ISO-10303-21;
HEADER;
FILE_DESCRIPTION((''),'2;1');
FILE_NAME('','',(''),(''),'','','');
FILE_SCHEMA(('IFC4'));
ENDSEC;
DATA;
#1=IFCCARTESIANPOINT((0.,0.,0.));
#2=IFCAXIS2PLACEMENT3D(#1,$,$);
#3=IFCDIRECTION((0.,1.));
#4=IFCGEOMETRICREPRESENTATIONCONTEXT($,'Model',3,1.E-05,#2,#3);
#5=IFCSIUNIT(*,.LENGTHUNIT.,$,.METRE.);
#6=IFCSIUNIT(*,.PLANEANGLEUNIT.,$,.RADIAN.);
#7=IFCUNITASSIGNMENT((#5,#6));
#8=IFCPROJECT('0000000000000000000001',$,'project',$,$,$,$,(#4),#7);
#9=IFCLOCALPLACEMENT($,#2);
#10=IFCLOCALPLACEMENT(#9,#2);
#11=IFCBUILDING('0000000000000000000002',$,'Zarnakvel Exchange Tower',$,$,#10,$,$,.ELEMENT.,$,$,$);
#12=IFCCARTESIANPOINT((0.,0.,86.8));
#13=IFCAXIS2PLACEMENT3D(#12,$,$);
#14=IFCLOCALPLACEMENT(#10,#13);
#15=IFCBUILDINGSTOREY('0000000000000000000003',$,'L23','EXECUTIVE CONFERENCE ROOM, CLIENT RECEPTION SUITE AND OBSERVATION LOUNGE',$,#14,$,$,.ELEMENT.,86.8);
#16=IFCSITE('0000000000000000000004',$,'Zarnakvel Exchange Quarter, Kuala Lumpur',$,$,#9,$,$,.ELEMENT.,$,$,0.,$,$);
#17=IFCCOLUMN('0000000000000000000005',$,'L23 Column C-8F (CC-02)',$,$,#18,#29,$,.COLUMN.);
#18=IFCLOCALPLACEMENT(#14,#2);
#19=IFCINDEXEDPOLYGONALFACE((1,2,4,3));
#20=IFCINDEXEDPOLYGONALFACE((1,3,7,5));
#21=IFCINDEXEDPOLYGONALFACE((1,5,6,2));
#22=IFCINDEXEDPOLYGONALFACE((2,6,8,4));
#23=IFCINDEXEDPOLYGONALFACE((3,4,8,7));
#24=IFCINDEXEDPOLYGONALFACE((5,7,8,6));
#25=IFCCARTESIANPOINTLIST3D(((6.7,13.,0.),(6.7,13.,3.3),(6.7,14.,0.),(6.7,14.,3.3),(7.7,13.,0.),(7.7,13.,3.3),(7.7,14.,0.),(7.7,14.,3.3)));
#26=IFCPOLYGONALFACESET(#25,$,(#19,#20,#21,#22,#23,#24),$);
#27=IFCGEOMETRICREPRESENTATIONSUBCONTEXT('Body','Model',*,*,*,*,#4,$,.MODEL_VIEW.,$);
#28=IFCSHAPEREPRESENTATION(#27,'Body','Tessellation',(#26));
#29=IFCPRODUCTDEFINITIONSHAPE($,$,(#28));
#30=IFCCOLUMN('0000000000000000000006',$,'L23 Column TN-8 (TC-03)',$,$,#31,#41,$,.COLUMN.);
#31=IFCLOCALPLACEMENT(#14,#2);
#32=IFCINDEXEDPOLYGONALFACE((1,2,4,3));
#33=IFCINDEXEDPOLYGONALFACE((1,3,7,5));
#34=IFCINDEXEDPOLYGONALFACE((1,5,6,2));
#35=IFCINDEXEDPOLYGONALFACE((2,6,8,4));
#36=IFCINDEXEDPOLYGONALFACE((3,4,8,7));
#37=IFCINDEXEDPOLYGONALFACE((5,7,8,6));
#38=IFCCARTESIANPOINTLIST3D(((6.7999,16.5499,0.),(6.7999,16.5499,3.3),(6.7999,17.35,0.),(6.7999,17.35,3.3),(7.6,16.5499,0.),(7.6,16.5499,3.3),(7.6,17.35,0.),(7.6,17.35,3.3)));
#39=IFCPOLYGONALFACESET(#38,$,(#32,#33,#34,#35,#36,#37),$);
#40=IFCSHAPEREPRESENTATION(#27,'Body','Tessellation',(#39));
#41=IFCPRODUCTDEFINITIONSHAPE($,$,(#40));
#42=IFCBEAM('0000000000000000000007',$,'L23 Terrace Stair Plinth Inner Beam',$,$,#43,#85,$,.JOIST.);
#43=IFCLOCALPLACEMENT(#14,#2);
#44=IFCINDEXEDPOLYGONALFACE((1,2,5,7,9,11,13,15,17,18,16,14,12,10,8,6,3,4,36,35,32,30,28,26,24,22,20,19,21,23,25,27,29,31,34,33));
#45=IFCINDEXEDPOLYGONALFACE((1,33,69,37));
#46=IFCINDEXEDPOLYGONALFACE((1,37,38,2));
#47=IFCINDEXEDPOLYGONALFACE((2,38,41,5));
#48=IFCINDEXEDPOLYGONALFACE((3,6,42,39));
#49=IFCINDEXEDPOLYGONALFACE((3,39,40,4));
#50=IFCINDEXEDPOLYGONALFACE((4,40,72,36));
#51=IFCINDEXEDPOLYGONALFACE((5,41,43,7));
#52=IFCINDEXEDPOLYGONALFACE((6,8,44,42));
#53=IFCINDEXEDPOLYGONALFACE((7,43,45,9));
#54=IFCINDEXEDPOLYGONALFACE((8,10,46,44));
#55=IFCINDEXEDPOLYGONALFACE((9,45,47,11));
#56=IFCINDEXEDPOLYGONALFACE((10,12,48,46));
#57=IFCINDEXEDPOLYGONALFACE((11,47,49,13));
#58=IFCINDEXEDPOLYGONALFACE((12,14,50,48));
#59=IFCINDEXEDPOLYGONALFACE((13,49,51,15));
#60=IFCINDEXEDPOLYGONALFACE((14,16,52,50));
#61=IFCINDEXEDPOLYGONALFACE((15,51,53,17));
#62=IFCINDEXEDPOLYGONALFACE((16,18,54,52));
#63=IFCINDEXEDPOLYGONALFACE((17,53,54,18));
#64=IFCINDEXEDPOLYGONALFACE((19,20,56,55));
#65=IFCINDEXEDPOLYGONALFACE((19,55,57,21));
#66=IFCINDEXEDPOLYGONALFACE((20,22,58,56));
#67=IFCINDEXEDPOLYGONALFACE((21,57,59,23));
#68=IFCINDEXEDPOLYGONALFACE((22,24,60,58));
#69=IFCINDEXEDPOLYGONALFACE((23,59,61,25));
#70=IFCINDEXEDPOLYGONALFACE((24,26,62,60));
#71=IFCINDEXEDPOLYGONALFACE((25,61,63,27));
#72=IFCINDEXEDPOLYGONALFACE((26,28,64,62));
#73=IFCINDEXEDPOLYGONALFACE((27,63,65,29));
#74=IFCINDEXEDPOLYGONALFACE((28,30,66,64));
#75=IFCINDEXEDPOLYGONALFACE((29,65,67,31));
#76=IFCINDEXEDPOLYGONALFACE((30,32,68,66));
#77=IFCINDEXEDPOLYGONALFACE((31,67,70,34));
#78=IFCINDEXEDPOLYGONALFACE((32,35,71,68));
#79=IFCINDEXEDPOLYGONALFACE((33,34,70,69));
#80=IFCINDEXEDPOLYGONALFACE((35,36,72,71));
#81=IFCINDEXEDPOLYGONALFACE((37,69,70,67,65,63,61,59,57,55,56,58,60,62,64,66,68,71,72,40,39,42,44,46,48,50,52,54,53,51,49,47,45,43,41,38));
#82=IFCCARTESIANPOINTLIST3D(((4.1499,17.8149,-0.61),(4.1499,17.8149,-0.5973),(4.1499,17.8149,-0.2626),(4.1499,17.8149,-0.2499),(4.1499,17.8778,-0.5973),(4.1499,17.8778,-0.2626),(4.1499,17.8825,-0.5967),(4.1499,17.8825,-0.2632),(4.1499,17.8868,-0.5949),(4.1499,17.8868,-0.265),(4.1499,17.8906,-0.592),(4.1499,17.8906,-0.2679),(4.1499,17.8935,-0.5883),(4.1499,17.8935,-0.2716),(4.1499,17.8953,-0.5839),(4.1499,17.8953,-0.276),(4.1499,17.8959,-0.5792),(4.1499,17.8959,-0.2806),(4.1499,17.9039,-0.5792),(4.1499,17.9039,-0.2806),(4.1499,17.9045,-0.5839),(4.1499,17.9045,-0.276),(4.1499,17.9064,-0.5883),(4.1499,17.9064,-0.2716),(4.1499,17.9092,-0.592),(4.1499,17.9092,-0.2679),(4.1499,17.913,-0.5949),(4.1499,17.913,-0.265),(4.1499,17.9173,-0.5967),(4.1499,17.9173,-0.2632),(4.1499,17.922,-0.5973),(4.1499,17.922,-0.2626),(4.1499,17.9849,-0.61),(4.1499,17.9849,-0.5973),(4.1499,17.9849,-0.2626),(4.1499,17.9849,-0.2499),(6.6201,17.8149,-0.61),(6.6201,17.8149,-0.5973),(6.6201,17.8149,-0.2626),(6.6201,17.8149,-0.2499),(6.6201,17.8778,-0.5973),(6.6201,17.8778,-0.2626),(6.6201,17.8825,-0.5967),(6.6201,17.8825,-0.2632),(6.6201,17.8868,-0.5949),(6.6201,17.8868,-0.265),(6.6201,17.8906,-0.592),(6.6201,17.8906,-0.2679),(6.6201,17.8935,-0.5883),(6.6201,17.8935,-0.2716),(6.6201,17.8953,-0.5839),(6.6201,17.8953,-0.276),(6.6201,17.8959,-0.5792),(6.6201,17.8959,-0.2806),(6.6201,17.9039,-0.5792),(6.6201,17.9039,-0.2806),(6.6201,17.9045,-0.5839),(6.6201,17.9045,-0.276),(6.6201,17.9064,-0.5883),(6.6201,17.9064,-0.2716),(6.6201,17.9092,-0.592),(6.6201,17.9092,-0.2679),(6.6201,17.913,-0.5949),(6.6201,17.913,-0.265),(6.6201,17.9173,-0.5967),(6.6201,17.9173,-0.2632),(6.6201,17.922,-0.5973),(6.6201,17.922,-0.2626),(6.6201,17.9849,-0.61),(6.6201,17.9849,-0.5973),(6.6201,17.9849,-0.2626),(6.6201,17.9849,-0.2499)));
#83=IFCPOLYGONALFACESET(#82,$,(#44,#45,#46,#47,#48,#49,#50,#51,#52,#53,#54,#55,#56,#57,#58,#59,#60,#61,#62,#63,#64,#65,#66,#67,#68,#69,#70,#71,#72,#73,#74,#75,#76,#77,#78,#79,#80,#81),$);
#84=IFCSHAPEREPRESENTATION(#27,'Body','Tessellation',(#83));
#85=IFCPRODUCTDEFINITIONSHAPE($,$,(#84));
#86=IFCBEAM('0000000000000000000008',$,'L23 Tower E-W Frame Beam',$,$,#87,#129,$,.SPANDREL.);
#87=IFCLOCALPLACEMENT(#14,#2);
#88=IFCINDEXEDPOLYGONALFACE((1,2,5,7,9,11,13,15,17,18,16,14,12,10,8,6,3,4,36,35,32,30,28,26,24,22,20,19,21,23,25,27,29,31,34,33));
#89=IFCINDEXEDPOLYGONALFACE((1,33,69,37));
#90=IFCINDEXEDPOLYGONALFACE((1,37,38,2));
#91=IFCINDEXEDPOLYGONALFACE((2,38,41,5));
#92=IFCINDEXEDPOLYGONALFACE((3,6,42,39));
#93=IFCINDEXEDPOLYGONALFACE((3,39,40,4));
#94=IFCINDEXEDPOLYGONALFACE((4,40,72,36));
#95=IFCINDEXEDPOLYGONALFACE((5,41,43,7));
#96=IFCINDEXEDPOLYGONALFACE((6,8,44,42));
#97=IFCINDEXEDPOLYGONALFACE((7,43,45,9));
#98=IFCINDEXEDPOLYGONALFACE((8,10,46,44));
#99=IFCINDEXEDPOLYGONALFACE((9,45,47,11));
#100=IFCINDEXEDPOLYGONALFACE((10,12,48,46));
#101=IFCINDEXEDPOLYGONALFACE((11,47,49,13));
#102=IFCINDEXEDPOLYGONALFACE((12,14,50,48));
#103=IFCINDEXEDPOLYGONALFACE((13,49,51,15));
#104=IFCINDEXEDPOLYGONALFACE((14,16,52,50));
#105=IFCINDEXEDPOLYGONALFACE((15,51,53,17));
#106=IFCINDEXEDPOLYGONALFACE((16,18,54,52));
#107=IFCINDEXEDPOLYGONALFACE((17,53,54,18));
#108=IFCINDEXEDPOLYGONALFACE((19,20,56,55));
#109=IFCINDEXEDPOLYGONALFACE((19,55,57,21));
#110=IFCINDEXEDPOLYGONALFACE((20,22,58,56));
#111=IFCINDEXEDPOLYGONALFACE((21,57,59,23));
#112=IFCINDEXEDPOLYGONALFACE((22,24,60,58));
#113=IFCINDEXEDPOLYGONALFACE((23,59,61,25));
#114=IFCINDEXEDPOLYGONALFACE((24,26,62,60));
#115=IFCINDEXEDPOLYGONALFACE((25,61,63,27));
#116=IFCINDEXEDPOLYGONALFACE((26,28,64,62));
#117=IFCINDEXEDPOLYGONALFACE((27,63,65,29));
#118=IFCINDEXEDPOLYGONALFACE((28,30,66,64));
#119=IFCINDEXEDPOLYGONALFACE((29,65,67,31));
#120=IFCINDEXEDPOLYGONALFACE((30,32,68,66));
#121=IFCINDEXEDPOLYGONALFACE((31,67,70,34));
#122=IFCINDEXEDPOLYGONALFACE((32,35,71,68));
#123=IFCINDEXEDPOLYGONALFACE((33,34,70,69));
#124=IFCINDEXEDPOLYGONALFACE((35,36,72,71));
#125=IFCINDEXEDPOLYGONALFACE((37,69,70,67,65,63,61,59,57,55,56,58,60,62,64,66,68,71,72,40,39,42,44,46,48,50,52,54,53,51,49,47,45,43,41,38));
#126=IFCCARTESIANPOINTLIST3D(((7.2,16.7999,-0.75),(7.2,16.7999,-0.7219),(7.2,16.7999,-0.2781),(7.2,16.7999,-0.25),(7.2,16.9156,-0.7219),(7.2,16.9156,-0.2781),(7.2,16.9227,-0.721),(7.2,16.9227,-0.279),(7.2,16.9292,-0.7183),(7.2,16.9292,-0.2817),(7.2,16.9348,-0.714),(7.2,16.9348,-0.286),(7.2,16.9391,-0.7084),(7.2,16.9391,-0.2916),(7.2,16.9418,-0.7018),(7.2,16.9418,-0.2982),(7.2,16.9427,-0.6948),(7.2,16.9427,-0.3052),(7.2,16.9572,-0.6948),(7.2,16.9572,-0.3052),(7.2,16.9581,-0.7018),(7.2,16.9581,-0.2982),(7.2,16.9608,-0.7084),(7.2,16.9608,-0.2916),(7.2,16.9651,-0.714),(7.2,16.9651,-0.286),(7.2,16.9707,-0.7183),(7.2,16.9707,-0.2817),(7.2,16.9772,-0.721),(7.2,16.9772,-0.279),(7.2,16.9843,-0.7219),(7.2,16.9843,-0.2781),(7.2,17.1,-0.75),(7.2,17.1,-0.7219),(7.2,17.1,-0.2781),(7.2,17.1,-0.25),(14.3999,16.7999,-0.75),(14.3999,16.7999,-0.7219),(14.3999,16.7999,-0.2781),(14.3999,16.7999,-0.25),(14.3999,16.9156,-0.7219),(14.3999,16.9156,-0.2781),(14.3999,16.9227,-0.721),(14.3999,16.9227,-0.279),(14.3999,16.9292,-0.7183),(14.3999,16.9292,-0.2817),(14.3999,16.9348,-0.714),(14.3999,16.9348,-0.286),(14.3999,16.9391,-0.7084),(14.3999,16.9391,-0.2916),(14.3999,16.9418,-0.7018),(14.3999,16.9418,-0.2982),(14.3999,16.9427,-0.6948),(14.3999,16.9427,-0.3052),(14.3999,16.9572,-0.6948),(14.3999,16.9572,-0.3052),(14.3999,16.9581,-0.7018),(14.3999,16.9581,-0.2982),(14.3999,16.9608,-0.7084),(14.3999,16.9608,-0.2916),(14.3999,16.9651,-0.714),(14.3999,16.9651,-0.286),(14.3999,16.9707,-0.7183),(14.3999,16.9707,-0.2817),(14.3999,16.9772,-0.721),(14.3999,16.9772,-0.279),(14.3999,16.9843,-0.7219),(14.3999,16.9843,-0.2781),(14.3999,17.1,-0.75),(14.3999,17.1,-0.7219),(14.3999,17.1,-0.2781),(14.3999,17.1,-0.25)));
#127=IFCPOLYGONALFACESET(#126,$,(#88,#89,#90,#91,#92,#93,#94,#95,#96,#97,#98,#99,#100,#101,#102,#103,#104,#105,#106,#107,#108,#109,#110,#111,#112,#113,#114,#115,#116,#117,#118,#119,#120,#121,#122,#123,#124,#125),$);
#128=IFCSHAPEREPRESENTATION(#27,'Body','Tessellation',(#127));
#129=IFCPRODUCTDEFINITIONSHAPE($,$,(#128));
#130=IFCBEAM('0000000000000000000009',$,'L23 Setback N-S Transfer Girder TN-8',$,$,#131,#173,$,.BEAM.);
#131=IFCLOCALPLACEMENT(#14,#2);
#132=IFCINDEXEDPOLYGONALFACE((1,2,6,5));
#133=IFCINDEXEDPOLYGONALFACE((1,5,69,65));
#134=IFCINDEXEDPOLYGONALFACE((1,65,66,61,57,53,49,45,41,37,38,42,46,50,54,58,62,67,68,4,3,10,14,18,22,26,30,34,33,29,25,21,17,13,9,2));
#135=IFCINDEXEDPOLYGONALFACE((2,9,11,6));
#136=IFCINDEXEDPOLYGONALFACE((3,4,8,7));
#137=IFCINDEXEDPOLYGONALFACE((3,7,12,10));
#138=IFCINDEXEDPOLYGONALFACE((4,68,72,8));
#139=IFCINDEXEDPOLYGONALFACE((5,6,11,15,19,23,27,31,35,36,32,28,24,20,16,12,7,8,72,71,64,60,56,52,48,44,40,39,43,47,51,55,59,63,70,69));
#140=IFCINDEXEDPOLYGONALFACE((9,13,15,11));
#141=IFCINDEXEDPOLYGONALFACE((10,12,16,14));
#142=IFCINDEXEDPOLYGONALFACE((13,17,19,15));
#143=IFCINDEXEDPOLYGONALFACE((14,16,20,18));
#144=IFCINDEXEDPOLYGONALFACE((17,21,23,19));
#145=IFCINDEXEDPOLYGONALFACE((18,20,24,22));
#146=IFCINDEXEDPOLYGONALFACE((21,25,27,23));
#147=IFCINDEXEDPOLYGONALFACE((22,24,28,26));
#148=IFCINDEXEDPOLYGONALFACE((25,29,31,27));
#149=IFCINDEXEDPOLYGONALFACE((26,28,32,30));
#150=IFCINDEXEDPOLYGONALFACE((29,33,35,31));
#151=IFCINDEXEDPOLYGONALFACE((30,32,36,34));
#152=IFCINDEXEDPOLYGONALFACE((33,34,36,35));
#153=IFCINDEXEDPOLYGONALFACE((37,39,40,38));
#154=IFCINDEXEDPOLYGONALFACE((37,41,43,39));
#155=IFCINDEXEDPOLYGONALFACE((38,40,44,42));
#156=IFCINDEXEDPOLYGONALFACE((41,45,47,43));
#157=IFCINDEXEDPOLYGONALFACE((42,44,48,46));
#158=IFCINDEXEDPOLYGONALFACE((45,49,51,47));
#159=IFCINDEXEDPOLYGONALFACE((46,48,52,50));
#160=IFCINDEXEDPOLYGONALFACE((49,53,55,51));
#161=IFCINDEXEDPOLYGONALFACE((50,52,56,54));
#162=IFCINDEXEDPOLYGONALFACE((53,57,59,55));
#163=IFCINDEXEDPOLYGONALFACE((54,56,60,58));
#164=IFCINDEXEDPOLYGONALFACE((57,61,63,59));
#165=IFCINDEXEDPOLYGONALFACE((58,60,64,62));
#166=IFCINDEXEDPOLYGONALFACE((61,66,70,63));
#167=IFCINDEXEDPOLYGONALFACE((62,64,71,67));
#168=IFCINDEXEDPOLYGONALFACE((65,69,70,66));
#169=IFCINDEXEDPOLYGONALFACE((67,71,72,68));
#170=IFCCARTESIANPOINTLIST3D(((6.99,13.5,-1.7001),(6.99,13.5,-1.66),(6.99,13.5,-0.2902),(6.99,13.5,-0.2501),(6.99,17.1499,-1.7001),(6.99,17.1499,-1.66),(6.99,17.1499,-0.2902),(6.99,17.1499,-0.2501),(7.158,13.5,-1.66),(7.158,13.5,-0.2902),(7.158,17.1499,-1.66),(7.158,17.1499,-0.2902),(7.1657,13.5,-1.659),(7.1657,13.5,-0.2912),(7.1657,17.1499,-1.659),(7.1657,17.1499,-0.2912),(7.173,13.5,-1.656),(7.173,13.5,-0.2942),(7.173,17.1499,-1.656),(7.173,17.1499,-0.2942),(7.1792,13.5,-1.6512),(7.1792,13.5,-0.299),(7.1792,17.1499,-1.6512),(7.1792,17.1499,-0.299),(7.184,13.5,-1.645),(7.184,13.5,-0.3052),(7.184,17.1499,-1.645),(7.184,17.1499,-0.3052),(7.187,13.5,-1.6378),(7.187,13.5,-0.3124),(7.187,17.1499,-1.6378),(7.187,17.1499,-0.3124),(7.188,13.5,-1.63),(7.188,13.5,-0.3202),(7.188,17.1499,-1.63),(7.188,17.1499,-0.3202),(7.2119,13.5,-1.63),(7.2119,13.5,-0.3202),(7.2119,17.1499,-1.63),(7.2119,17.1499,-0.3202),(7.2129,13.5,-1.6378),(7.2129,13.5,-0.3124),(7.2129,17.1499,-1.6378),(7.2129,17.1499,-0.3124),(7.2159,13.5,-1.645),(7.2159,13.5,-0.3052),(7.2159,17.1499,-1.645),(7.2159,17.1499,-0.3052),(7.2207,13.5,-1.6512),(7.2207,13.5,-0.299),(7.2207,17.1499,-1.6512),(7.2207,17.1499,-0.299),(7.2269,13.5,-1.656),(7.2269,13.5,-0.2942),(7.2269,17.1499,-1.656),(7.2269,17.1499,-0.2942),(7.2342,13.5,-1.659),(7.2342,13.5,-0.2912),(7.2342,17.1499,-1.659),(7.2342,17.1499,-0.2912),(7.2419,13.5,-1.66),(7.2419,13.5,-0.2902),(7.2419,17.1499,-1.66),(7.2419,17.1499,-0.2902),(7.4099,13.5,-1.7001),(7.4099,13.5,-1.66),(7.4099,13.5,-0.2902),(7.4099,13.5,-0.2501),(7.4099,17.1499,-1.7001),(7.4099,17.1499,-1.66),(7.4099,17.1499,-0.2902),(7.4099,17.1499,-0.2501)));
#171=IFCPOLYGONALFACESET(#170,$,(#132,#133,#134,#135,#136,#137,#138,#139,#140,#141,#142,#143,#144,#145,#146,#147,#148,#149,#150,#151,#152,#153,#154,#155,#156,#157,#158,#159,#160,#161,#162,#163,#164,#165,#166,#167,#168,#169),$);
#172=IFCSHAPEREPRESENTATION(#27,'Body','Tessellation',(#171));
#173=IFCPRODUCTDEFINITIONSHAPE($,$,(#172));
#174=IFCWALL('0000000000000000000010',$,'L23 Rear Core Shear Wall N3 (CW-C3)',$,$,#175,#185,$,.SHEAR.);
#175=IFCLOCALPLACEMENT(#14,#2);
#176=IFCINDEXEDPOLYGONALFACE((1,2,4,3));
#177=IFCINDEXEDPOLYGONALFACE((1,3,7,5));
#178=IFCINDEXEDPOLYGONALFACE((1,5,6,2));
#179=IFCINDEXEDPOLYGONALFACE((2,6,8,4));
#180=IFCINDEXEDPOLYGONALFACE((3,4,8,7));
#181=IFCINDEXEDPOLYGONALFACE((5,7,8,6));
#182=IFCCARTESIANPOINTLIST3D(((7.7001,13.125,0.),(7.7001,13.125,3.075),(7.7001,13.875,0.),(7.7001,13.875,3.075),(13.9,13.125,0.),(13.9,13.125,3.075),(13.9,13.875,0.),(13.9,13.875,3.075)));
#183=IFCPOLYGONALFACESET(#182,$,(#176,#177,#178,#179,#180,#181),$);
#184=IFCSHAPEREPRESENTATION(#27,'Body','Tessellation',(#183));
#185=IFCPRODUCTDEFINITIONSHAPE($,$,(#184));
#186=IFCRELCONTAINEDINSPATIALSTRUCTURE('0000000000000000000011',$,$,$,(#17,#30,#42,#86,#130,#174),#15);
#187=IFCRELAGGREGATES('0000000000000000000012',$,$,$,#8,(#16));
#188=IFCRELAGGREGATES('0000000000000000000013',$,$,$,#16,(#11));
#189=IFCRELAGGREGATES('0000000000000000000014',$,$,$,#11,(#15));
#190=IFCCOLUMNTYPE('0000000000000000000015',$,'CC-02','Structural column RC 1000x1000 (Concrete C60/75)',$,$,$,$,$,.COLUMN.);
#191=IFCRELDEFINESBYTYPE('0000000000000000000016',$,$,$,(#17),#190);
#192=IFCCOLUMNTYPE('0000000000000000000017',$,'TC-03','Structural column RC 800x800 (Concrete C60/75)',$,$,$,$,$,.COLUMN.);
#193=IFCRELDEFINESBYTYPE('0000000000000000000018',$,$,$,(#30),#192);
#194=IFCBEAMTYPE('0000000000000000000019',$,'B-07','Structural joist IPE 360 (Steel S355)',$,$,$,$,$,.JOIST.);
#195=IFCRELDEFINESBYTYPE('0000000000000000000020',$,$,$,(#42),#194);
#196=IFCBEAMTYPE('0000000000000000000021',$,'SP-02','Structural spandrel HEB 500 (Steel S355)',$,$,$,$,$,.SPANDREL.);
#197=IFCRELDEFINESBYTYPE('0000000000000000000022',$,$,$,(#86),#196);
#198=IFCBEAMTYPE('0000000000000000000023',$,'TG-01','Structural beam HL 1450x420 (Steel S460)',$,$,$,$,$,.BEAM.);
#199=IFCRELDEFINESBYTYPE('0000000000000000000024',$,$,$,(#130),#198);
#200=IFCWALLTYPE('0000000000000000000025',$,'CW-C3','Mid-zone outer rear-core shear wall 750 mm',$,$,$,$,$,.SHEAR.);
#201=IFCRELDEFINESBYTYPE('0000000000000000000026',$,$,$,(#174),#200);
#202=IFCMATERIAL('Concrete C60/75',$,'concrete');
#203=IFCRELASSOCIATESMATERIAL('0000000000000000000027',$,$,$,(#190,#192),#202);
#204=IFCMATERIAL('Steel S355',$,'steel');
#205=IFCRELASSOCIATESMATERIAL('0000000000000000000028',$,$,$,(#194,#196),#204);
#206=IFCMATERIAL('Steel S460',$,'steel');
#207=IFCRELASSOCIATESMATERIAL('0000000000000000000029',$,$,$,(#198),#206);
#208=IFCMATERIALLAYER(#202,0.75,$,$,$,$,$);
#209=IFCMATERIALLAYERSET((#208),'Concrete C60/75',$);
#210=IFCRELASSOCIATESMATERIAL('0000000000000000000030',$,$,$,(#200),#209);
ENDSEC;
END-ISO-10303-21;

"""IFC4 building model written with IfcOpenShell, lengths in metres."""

from ifc_helpers import new_model, si_unit, direction, frame, frame_2d, origin, origin_2d, place, context, subcontext, project, spatial, rectangle, i_section, extrude, material, layer, layer_set, material_profile, profile_set, type_object, element, save


model = new_model("IFC4")

# Units and contexts
model_context = context("Model", 3, precision=1e-05, world=origin(), true_north=direction((0.0, 1.0)))
body_context = subcontext(model_context, "Body", "Model", "MODEL_VIEW")
ifc_project = project(units=[si_unit("LENGTHUNIT", "METRE"), si_unit("PLANEANGLEUNIT", "RADIAN")], contexts=[model_context])

# Site, building, storey
site_placement = place(None, origin())
site = spatial("IfcSite", under=ifc_project, at=site_placement, Name="Zarnakvel Exchange Quarter, Kuala Lumpur", CompositionType="ELEMENT", RefElevation=0.0)
building_placement = place(site_placement, origin())
building = spatial("IfcBuilding", under=site, at=building_placement, Name="Zarnakvel Exchange Tower", CompositionType="ELEMENT")
storey_placement = place(building_placement, frame((0.0, 0.0, 86.8)))
storey = spatial("IfcBuildingStorey", under=building, at=storey_placement, Name="L23", Description="EXECUTIVE CONFERENCE ROOM, CLIENT RECEPTION SUITE AND OBSERVATION LOUNGE", CompositionType="ELEMENT", Elevation=86.8)

# Columns
ifc_material_1 = material(Name="Concrete C60/75", Category="concrete")
ifc_material_profile_1 = material_profile(ifc_material_1, rectangle(XDim=1.0, YDim=1.0, at=origin_2d()))
ifc_profile_set_1 = profile_set([ifc_material_profile_1], Name="Concrete C60/75")
column_type_1 = type_object("IfcColumnType", Name="CC-02", Description="Structural column RC 1000x1000 (Concrete C60/75)", PredefinedType="COLUMN", material=ifc_profile_set_1)
column_1_placement = place(storey_placement, frame((7.2, 13.5, 0.0), z_axis=(0.0, 0.0, 1.0), x_axis=(1.0, 0.0, 0.0)))
element("IfcColumn", 1, at=column_1_placement, inside=storey, type_object=column_type_1, Name="L23 Column C-8F (CC-02)", PredefinedType="COLUMN", context=body_context, shape_type="SweptSolid", body=[
    extrude(rectangle(XDim=1.0, YDim=1.0, at=origin_2d()), origin(), (0.0, 0.0, 1.0), 3.3),
])
ifc_material_profile_2 = material_profile(ifc_material_1, rectangle(XDim=0.8, YDim=0.8, at=origin_2d()))
ifc_profile_set_2 = profile_set([ifc_material_profile_2], Name="Concrete C60/75")
column_type_2 = type_object("IfcColumnType", Name="TC-03", Description="Structural column RC 800x800 (Concrete C60/75)", PredefinedType="COLUMN", material=ifc_profile_set_2)
column_2_placement = place(storey_placement, frame((7.2, 16.95, 0.0), z_axis=(0.0, 0.0, 1.0), x_axis=(1.0, 0.0, 0.0)))
element("IfcColumn", 2, at=column_2_placement, inside=storey, type_object=column_type_2, Name="L23 Column TN-8 (TC-03)", PredefinedType="COLUMN", context=body_context, shape_type="SweptSolid", body=[
    extrude(rectangle(XDim=0.8, YDim=0.8, at=origin_2d()), origin(), (0.0, 0.0, 1.0), 3.3),
])

# Beams
ifc_material_2 = material(Name="Steel S355", Category="steel")
ifc_material_profile_3 = material_profile(ifc_material_2, i_section(OverallWidth=0.1699, OverallDepth=0.3601, WebThickness=0.0081, FlangeThickness=0.0127, FilletRadius=0.0181, at=origin_2d()))
ifc_profile_set_3 = profile_set([ifc_material_profile_3], Name="Steel S355")
beam_type_1 = type_object("IfcBeamType", Name="B-07", Description="Structural joist IPE 360 (Steel S355)", PredefinedType="JOIST", material=ifc_profile_set_3)
beam_1_placement = place(storey_placement, frame((4.1499, 17.8999, -0.4299), z_axis=(1.0, 0.0, 0.0), x_axis=(0.0, 1.0, 0.0)))
element("IfcBeam", 3, at=beam_1_placement, inside=storey, type_object=beam_type_1, Name="L23 Terrace Stair Plinth Inner Beam", PredefinedType="JOIST", context=body_context, shape_type="SweptSolid", body=[
    extrude(i_section(OverallWidth=0.1699, OverallDepth=0.3601, WebThickness=0.0081, FlangeThickness=0.0127, FilletRadius=0.0181, at=origin_2d()), origin(), (0.0, 0.0, 1.0), 2.4702),
])
ifc_material_profile_4 = material_profile(ifc_material_2, i_section(OverallWidth=0.3, OverallDepth=0.5, WebThickness=0.0144, FlangeThickness=0.0281, FilletRadius=0.0271, at=origin_2d()))
ifc_profile_set_4 = profile_set([ifc_material_profile_4], Name="Steel S355")
beam_type_2 = type_object("IfcBeamType", Name="SP-02", Description="Structural spandrel HEB 500 (Steel S355)", PredefinedType="SPANDREL", material=ifc_profile_set_4)
beam_2_placement = place(storey_placement, frame((7.2, 16.95, -0.5), z_axis=(1.0, 0.0, 0.0), x_axis=(0.0, 1.0, 0.0)))
element("IfcBeam", 4, at=beam_2_placement, inside=storey, type_object=beam_type_2, Name="L23 Tower E-W Frame Beam", PredefinedType="SPANDREL", context=body_context, shape_type="SweptSolid", body=[
    extrude(i_section(OverallWidth=0.3, OverallDepth=0.5, WebThickness=0.0144, FlangeThickness=0.0281, FilletRadius=0.0271, at=origin_2d()), origin(), (0.0, 0.0, 1.0), 7.2),
])
ifc_material_3 = material(Name="Steel S460", Category="steel")
ifc_material_profile_5 = material_profile(ifc_material_3, i_section(OverallWidth=0.4199, OverallDepth=1.45, WebThickness=0.0239, FlangeThickness=0.04, FilletRadius=0.03, at=origin_2d()))
ifc_profile_set_5 = profile_set([ifc_material_profile_5], Name="Steel S460")
beam_type_3 = type_object("IfcBeamType", Name="TG-01", Description="Structural beam HL 1450x420 (Steel S460)", PredefinedType="BEAM", material=ifc_profile_set_5)
beam_3_placement = place(storey_placement, frame((7.2, 13.5, -0.9751), z_axis=(0.0, 1.0, 0.0), x_axis=(-1.0, 0.0, 0.0)))
element("IfcBeam", 5, at=beam_3_placement, inside=storey, type_object=beam_type_3, Name="L23 Setback N-S Transfer Girder TN-8", PredefinedType="BEAM", context=body_context, shape_type="SweptSolid", body=[
    extrude(i_section(OverallWidth=0.4199, OverallDepth=1.45, WebThickness=0.0239, FlangeThickness=0.04, FilletRadius=0.03, at=origin_2d()), origin(), (0.0, 0.0, 1.0), 3.6499),
])

# Wall
ifc_layer_1 = layer(ifc_material_1, 0.75)
ifc_layer_set_1 = layer_set([ifc_layer_1], Name="Concrete C60/75")
wall_type_1 = type_object("IfcWallType", Name="CW-C3", Description="Mid-zone outer rear-core shear wall 750 mm", PredefinedType="SHEAR", material=ifc_layer_set_1)
wall_1_placement = place(storey_placement, frame((7.7, 13.5, 0.0), z_axis=(0.0, 0.0, 1.0), x_axis=(1.0, 0.0, 0.0)))
element("IfcWall", 6, at=wall_1_placement, inside=storey, type_object=wall_type_1, Name="L23 Rear Core Shear Wall N3 (CW-C3)", PredefinedType="SHEAR", context=body_context, shape_type="SweptSolid", body=[
    extrude(rectangle(XDim=6.2, YDim=0.75, at=frame_2d((3.1001, 0.0))), origin(), (0.0, 0.0, 1.0), 3.075),
])

save(model, "model.ifc")
